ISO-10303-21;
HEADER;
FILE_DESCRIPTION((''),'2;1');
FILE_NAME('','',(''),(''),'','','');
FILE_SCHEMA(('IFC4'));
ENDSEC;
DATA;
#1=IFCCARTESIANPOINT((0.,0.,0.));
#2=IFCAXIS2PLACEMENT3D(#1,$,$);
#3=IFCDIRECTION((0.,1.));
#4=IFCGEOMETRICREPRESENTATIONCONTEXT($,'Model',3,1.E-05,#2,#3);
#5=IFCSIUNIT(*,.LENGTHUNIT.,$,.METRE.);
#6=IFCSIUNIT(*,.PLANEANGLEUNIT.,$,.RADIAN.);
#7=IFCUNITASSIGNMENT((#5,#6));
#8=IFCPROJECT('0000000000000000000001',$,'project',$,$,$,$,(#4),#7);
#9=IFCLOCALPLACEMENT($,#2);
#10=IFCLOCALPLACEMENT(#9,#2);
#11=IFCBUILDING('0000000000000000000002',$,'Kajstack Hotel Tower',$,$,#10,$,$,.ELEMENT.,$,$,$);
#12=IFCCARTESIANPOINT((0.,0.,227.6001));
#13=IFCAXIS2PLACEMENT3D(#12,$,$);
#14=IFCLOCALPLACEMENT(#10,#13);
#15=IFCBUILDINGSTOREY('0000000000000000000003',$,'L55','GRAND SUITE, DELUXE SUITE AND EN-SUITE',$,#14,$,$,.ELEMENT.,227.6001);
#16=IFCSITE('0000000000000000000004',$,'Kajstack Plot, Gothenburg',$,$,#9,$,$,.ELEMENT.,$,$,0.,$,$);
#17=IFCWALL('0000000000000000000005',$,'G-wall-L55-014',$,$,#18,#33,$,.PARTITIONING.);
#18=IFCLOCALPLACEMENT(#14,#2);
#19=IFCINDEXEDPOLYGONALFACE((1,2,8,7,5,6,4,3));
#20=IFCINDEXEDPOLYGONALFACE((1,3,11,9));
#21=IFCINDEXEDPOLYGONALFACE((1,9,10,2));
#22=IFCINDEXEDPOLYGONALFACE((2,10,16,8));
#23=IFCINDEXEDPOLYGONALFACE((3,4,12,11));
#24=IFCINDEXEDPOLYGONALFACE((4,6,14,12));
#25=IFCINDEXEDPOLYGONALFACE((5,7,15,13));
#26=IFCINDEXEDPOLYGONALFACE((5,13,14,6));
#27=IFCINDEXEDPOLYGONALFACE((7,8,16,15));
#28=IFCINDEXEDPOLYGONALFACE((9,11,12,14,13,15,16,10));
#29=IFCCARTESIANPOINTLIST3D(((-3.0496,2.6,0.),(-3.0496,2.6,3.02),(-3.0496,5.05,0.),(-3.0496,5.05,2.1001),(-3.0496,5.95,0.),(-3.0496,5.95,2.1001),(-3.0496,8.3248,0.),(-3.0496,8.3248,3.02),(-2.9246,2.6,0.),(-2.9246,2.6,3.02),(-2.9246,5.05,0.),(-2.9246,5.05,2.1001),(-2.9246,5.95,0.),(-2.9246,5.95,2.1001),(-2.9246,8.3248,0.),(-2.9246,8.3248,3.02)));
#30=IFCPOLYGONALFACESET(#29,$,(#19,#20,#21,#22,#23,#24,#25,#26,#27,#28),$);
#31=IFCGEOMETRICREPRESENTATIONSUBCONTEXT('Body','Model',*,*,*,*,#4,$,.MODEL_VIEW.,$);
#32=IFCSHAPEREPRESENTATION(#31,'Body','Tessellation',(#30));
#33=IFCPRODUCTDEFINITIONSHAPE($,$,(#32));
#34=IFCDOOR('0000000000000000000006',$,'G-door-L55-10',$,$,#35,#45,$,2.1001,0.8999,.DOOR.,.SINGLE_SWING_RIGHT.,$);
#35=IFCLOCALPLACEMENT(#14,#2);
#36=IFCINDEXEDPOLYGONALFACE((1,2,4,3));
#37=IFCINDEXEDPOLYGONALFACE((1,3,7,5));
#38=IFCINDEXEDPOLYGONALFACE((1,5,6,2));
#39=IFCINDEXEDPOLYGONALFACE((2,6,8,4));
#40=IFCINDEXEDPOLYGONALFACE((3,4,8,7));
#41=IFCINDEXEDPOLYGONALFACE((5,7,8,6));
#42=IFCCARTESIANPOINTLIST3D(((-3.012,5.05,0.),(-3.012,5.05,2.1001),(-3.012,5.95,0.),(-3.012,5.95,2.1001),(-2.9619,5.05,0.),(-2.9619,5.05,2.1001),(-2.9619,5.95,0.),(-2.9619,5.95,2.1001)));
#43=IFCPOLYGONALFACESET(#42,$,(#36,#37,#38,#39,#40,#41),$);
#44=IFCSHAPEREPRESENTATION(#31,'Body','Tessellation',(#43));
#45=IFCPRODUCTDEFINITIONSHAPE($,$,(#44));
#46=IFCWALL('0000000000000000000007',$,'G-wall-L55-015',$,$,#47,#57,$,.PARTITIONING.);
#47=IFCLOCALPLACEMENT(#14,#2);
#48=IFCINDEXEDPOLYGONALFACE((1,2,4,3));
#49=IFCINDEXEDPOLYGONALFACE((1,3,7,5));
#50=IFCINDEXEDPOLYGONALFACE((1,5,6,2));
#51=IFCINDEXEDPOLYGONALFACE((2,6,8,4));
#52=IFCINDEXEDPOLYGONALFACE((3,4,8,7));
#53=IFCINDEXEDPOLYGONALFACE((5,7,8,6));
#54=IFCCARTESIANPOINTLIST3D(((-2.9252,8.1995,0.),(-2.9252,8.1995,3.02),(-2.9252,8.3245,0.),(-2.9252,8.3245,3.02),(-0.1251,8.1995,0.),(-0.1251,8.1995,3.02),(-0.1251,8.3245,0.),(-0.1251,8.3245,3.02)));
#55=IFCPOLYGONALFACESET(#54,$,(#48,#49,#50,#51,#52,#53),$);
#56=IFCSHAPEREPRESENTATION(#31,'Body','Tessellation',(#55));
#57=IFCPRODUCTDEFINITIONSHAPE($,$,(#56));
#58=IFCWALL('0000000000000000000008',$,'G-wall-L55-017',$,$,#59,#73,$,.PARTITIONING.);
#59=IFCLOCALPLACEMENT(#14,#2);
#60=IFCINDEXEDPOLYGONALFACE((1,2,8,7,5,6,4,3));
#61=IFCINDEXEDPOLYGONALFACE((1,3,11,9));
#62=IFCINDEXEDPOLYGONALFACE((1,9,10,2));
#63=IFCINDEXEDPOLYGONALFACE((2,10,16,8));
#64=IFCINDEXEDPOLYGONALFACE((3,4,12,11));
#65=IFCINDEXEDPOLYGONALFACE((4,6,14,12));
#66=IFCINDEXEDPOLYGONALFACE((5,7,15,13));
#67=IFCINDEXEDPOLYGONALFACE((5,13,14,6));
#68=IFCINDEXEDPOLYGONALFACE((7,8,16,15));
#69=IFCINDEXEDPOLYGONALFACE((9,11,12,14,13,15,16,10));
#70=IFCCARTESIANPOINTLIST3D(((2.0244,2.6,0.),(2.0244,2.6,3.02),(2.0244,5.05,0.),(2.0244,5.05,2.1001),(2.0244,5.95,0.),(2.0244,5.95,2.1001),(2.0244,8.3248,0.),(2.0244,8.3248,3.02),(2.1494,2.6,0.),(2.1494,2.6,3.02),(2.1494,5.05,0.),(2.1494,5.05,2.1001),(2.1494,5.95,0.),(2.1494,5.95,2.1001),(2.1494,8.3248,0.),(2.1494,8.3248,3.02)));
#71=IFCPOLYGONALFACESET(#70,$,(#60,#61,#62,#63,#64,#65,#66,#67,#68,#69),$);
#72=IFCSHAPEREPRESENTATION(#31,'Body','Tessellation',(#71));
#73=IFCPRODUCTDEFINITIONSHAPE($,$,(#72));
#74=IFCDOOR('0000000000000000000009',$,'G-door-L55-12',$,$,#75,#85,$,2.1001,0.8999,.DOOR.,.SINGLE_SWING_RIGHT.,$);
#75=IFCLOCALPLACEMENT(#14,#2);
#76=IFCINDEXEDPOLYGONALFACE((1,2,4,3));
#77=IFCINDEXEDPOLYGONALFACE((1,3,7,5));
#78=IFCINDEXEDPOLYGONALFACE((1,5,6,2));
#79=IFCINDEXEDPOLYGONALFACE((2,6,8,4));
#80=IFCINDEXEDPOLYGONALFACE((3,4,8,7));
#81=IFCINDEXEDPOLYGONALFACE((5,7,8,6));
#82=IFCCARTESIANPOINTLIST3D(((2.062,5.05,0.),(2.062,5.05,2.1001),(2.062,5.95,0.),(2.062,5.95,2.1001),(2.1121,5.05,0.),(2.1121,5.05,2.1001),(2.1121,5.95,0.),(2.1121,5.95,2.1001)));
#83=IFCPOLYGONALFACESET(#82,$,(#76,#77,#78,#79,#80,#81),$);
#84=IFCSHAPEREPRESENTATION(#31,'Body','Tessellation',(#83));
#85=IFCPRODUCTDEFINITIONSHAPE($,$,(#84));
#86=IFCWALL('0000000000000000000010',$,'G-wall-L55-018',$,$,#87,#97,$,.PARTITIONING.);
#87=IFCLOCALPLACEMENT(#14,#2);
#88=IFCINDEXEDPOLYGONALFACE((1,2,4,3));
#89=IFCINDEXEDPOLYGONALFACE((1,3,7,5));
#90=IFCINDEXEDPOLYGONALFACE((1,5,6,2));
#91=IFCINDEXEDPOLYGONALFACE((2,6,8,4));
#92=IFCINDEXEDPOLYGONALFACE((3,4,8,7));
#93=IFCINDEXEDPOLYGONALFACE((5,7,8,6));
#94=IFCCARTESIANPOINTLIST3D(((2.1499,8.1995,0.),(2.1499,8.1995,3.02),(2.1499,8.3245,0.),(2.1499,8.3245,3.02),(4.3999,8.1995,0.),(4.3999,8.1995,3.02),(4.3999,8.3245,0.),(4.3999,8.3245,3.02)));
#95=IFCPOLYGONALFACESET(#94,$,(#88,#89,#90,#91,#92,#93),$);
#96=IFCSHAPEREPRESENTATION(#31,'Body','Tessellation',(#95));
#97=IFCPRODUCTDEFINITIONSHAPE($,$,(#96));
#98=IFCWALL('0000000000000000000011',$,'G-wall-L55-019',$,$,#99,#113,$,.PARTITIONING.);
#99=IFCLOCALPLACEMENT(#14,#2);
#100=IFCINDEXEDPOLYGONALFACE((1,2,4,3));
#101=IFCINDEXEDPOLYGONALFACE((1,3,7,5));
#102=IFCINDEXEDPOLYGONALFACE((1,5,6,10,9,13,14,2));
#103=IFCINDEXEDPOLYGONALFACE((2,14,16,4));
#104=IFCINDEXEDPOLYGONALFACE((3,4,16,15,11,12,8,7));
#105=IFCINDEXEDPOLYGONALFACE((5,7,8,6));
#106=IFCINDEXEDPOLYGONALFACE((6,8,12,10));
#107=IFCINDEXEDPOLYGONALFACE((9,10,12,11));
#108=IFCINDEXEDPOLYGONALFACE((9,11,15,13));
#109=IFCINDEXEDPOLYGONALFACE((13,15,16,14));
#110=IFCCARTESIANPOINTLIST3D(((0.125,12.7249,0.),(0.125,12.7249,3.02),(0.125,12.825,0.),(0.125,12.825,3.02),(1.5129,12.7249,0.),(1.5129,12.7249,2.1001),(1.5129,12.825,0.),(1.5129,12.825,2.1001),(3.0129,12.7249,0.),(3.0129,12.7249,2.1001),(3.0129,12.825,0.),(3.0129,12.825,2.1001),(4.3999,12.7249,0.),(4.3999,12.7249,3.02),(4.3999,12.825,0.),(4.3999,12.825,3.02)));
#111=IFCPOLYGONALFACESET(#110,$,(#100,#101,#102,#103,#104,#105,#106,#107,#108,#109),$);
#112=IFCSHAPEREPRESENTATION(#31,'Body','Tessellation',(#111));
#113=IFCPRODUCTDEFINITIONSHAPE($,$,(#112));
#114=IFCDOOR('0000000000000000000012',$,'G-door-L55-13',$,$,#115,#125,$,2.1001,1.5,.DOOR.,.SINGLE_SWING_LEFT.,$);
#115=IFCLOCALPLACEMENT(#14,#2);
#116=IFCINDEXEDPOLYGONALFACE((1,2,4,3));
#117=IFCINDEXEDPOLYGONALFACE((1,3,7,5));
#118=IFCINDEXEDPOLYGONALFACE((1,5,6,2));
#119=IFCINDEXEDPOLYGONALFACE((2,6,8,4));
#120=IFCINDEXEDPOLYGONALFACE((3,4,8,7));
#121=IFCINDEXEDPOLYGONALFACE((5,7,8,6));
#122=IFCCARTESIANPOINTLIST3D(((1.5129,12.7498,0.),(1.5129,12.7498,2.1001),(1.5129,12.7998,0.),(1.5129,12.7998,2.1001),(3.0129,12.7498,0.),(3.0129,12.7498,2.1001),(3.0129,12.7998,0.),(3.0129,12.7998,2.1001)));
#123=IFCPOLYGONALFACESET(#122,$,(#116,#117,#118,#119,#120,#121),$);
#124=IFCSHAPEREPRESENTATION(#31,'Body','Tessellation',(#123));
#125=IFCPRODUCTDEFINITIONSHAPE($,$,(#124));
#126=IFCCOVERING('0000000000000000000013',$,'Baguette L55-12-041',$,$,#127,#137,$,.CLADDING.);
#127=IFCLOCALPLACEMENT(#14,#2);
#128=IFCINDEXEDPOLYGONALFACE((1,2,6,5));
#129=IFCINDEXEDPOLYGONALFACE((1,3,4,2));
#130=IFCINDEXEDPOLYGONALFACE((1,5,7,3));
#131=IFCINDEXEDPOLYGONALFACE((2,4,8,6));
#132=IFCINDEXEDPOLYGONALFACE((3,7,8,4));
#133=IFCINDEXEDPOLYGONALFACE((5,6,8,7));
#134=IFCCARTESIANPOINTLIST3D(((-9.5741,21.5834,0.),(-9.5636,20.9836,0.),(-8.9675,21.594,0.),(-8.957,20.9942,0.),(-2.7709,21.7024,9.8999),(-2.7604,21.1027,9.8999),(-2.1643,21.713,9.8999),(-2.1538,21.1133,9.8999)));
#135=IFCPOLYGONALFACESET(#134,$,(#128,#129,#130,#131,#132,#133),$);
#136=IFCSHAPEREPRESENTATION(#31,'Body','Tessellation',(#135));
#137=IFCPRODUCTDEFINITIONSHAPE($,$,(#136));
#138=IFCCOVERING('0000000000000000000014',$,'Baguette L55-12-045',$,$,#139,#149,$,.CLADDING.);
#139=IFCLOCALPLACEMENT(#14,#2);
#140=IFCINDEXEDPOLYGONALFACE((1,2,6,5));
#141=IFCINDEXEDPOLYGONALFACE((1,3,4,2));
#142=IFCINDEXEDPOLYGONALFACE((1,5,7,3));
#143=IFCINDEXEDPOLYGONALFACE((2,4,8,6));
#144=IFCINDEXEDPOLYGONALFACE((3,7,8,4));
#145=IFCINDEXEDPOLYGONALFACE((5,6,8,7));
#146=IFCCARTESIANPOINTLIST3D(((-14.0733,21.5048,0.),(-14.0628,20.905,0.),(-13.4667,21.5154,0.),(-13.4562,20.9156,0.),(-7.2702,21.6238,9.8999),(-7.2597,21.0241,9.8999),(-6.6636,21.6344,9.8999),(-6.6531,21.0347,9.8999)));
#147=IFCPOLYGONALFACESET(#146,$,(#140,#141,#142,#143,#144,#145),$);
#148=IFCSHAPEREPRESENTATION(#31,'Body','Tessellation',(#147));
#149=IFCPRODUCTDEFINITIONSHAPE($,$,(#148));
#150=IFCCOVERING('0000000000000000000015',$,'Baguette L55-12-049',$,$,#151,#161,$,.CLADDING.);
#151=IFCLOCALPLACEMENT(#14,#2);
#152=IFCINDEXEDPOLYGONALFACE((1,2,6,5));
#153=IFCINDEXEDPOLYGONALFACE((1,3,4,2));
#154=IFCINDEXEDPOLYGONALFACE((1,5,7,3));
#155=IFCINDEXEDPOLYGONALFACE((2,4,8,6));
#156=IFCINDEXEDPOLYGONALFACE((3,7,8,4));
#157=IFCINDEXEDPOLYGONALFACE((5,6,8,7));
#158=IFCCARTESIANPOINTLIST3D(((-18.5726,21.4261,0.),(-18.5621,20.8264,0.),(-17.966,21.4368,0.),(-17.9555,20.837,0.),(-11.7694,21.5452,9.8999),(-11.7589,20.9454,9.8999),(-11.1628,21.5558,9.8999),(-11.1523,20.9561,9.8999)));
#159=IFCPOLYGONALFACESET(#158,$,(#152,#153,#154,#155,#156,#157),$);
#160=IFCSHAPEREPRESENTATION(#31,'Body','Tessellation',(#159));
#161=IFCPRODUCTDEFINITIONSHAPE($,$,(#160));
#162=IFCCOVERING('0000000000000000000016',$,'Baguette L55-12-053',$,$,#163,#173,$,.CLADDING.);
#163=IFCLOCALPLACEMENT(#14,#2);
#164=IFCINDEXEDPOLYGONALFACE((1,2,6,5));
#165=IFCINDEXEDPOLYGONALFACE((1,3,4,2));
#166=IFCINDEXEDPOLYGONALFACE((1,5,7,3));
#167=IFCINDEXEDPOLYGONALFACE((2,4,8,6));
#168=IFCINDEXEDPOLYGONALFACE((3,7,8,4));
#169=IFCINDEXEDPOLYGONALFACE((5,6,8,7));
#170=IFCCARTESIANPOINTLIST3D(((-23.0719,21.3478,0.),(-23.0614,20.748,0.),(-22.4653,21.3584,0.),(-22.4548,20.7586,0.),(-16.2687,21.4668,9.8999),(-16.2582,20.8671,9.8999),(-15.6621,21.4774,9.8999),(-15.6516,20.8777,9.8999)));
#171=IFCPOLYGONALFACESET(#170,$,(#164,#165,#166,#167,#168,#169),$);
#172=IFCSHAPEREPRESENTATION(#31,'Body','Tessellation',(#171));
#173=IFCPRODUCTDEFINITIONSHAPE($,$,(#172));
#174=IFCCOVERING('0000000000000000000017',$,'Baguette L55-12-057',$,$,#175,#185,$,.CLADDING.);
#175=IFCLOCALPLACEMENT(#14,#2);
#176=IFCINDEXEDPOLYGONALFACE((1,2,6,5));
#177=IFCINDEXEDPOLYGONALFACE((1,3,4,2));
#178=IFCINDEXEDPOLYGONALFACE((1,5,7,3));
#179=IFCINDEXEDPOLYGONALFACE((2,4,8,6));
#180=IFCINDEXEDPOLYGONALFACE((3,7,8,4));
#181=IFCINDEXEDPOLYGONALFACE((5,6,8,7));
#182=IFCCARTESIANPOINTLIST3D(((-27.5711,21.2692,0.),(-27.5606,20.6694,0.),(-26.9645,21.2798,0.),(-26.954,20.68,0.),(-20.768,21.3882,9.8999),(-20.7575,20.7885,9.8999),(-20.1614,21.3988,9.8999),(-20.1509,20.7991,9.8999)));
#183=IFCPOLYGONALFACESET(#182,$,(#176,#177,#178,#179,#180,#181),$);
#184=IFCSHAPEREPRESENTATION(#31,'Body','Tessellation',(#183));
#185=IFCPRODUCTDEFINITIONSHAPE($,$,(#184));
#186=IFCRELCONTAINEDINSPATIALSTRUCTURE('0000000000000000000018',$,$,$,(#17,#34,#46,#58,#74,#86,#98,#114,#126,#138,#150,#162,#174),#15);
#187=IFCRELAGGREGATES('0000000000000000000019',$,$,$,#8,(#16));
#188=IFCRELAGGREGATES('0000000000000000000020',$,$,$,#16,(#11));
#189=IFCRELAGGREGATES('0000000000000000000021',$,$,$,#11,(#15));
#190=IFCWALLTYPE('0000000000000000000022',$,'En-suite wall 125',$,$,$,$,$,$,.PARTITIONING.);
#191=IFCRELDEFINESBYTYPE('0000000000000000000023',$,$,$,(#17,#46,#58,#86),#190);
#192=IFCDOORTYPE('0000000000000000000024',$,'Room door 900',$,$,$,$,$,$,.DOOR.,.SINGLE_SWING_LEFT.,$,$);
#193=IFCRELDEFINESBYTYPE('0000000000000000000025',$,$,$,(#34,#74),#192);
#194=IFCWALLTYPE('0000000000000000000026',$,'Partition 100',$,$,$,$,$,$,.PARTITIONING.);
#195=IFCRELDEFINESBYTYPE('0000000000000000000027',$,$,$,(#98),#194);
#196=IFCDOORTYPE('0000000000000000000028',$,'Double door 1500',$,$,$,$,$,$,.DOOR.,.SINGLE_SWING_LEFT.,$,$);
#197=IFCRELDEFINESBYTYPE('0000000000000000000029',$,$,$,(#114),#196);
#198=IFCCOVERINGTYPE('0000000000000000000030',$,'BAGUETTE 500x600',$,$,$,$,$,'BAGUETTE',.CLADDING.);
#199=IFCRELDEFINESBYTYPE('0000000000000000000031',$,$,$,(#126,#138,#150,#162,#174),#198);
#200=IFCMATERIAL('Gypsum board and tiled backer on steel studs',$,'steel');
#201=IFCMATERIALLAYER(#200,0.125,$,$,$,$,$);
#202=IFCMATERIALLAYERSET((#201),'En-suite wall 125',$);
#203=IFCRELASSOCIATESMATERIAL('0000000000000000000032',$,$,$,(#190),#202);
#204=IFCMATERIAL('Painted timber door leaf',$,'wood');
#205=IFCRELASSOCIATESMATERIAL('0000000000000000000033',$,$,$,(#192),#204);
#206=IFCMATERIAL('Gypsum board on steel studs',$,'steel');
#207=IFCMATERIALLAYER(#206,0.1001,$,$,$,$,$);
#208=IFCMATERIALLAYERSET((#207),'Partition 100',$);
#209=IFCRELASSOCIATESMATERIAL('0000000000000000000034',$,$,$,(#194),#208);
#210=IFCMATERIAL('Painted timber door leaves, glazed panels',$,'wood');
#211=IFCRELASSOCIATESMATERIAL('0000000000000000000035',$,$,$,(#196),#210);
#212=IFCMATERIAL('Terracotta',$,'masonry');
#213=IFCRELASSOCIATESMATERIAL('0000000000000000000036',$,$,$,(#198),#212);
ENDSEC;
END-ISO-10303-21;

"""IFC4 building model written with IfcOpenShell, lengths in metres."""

from ifc_helpers import new_model, si_unit, direction, frame, frame_2d, origin, origin_2d, place, context, subcontext, project, spatial, polyline, rectangle, outline, extrude, material, layer, layer_set, material_profile, profile_set, type_object, element, fill, save


model = new_model("IFC4")

# Units and contexts
model_context = context("Model", 3, precision=1e-05, world=origin(), true_north=direction((0.0, 1.0)))
body_context = subcontext(model_context, "Body", "Model", "MODEL_VIEW")
ifc_project = project(units=[si_unit("LENGTHUNIT", "METRE"), si_unit("PLANEANGLEUNIT", "RADIAN")], contexts=[model_context])

# Site, building, storey
site_placement = place(None, origin())
site = spatial("IfcSite", under=ifc_project, at=site_placement, Name="Kajstack Plot, Gothenburg", CompositionType="ELEMENT", RefElevation=0.0)
building_placement = place(site_placement, origin())
building = spatial("IfcBuilding", under=site, at=building_placement, Name="Kajstack Hotel Tower", CompositionType="ELEMENT")
storey_placement = place(building_placement, frame((0.0, 0.0, 227.6001)))
storey = spatial("IfcBuildingStorey", under=building, at=storey_placement, Name="L55", Description="GRAND SUITE, DELUXE SUITE AND EN-SUITE", CompositionType="ELEMENT", Elevation=227.6001)

# Shared definitions
ifc_material_1 = material(Name="Gypsum board and tiled backer on steel studs", Category="steel")
ifc_layer_1 = layer(ifc_material_1, 0.125)
ifc_layer_set_1 = layer_set([ifc_layer_1], Name="En-suite wall 125")
wall_type_1 = type_object("IfcWallType", Name="En-suite wall 125", PredefinedType="PARTITIONING", material=ifc_layer_set_1)

# Shared definitions
ifc_material_2 = material(Name="Painted timber door leaf", Category="wood")
door_type_1 = type_object("IfcDoorType", Name="Room door 900", OperationType="SINGLE_SWING_LEFT", PredefinedType="DOOR", material=ifc_material_2)

# Wall, opening, door
wall_1_placement = place(storey_placement, frame((-2.9871, 2.6001, 0.0), z_axis=(0.0, 0.0, 1.0), x_axis=(0.0, 1.0, 0.0)))
wall_1 = element("IfcWall", 1, at=wall_1_placement, inside=storey, type_object=wall_type_1, Name="G-wall-L55-014", PredefinedType="PARTITIONING", context=body_context, shape_type="SweptSolid", body=[
    extrude(rectangle(XDim=5.7249, YDim=0.125, at=frame_2d((2.8623, 0.0))), origin(), (0.0, 0.0, 1.0), 3.02),
])
opening_1_placement = place(wall_1_placement, frame((2.45, 0.0, 0.0)))
opening_1 = element("IfcOpeningElement", 2, at=opening_1_placement, cuts=wall_1, PredefinedType="OPENING", context=body_context, shape_type="SweptSolid", body=[
    extrude(rectangle(XDim=0.8999, YDim=2.1001, at=frame_2d((0.45, 1.05))), frame((0.0, 0.0725, 0.0), z_axis=(0.0, -1.0, 0.0), x_axis=(1.0, 0.0, 0.0)), (0.0, 0.0, 1.0), 0.145),
])
door_1_placement = place(opening_1_placement, origin())
door_1 = element("IfcDoor", 3, at=door_1_placement, inside=storey, type_object=door_type_1, Name="G-door-L55-10", OperationType="SINGLE_SWING_RIGHT", OverallHeight=2.1001, OverallWidth=0.8999, PredefinedType="DOOR", context=body_context, shape_type="SweptSolid", body=[
    extrude(rectangle(XDim=0.8999, YDim=2.1001, at=frame_2d((0.45, 1.05))), frame((0.0, 0.0249, 0.0), z_axis=(0.0, -1.0, 0.0), x_axis=(1.0, 0.0, 0.0)), (0.0, 0.0, 1.0), 0.05),
])
fill(opening_1, door_1)

# Wall
wall_2_placement = place(storey_placement, frame((-2.925, 8.262, 0.0), z_axis=(0.0, 0.0, 1.0), x_axis=(1.0, 0.0, 0.0)))
element("IfcWall", 4, at=wall_2_placement, inside=storey, type_object=wall_type_1, Name="G-wall-L55-015", PredefinedType="PARTITIONING", context=body_context, shape_type="SweptSolid", body=[
    extrude(rectangle(XDim=2.8, YDim=0.125, at=frame_2d((1.3999, 0.0))), origin(), (0.0, 0.0, 1.0), 3.02),
])

# Wall, opening, door
wall_3_placement = place(storey_placement, frame((2.0869, 2.6001, 0.0), z_axis=(0.0, 0.0, 1.0), x_axis=(0.0, 1.0, 0.0)))
wall_3 = element("IfcWall", 5, at=wall_3_placement, inside=storey, type_object=wall_type_1, Name="G-wall-L55-017", PredefinedType="PARTITIONING", context=body_context, shape_type="SweptSolid", body=[
    extrude(rectangle(XDim=5.7249, YDim=0.125, at=frame_2d((2.8623, 0.0))), origin(), (0.0, 0.0, 1.0), 3.02),
])
opening_2_placement = place(wall_3_placement, frame((2.45, 0.0, 0.0)))
opening_2 = element("IfcOpeningElement", 6, at=opening_2_placement, cuts=wall_3, PredefinedType="OPENING", context=body_context, shape_type="SweptSolid", body=[
    extrude(rectangle(XDim=0.8999, YDim=2.1001, at=frame_2d((0.45, 1.05))), frame((0.0, 0.0725, 0.0), z_axis=(0.0, -1.0, 0.0), x_axis=(1.0, 0.0, 0.0)), (0.0, 0.0, 1.0), 0.145),
])
door_2_placement = place(opening_2_placement, origin())
door_2 = element("IfcDoor", 7, at=door_2_placement, inside=storey, type_object=door_type_1, Name="G-door-L55-12", OperationType="SINGLE_SWING_RIGHT", OverallHeight=2.1001, OverallWidth=0.8999, PredefinedType="DOOR", context=body_context, shape_type="SweptSolid", body=[
    extrude(rectangle(XDim=0.8999, YDim=2.1001, at=frame_2d((0.45, 1.05))), frame((0.0, 0.0249, 0.0), z_axis=(0.0, -1.0, 0.0), x_axis=(1.0, 0.0, 0.0)), (0.0, 0.0, 1.0), 0.05),
])
fill(opening_2, door_2)

# Wall
wall_4_placement = place(storey_placement, frame((2.1499, 8.262, 0.0), z_axis=(0.0, 0.0, 1.0), x_axis=(1.0, 0.0, 0.0)))
element("IfcWall", 8, at=wall_4_placement, inside=storey, type_object=wall_type_1, Name="G-wall-L55-018", PredefinedType="PARTITIONING", context=body_context, shape_type="SweptSolid", body=[
    extrude(rectangle(XDim=2.25, YDim=0.125, at=frame_2d((1.125, 0.0))), origin(), (0.0, 0.0, 1.0), 3.02),
])

# Wall, opening, door
ifc_material_3 = material(Name="Gypsum board on steel studs", Category="steel")
ifc_layer_2 = layer(ifc_material_3, 0.1001)
ifc_layer_set_2 = layer_set([ifc_layer_2], Name="Partition 100")
wall_type_2 = type_object("IfcWallType", Name="Partition 100", PredefinedType="PARTITIONING", material=ifc_layer_set_2)
wall_5_placement = place(storey_placement, frame((0.125, 12.7749, 0.0), z_axis=(0.0, 0.0, 1.0), x_axis=(1.0, 0.0, 0.0)))
wall_5 = element("IfcWall", 9, at=wall_5_placement, inside=storey, type_object=wall_type_2, Name="G-wall-L55-019", PredefinedType="PARTITIONING", context=body_context, shape_type="SweptSolid", body=[
    extrude(rectangle(XDim=4.2749, YDim=0.1001, at=frame_2d((2.1375, 0.0))), origin(), (0.0, 0.0, 1.0), 3.02),
])
opening_3_placement = place(wall_5_placement, frame((1.3879, 0.0, 0.0)))
opening_3 = element("IfcOpeningElement", 10, at=opening_3_placement, cuts=wall_5, PredefinedType="OPENING", context=body_context, shape_type="SweptSolid", body=[
    extrude(rectangle(XDim=1.5, YDim=2.1001, at=frame_2d((0.75, 1.05))), frame((0.0, 0.0601, 0.0), z_axis=(0.0, -1.0, 0.0), x_axis=(1.0, 0.0, 0.0)), (0.0, 0.0, 1.0), 0.1201),
])
ifc_material_4 = material(Name="Painted timber door leaves, glazed panels", Category="wood")
door_type_2 = type_object("IfcDoorType", Name="Double door 1500", OperationType="SINGLE_SWING_LEFT", PredefinedType="DOOR", material=ifc_material_4)
door_3_placement = place(opening_3_placement, origin())
door_3 = element("IfcDoor", 11, at=door_3_placement, inside=storey, type_object=door_type_2, Name="G-door-L55-13", OperationType="SINGLE_SWING_LEFT", OverallHeight=2.1001, OverallWidth=1.5, PredefinedType="DOOR", context=body_context, shape_type="SweptSolid", body=[
    extrude(rectangle(XDim=1.5, YDim=2.1001, at=frame_2d((0.75, 1.05))), frame((0.0, 0.0249, 0.0), z_axis=(0.0, -1.0, 0.0), x_axis=(1.0, 0.0, 0.0)), (0.0, 0.0, 1.0), 0.05),
])
fill(opening_3, door_3)

# Coverings
ifc_material_5 = material(Name="Terracotta", Category="masonry")
ifc_material_profile = material_profile(ifc_material_5, rectangle(XDim=0.6001, YDim=0.5, at=origin_2d()), Name="Terracotta-clad concrete baguette 500 x 600")
ifc_profile_set = profile_set([ifc_material_profile], Name="Terracotta")
covering_type = type_object("IfcCoveringType", Name="BAGUETTE 500x600", ElementType="BAGUETTE", PredefinedType="CLADDING", material=ifc_profile_set)
for number, where, z_axis, x_axis, name in (
    (12, (-2.1538, 21.1133, 0.0), (-0.017498, 0.999847, 0.0), (-0.999847, -0.017498, 0.0), "Baguette L55-12-041"),
    (13, (-6.6531, 21.0347, 0.0), (-0.017498, 0.999847, 0.0), (-0.999847, -0.017498, 0.0), "Baguette L55-12-045"),
    (14, (-11.1523, 20.9561, 0.0), (-0.017498, 0.999847, 0.0), (-0.999847, -0.017498, 0.0), "Baguette L55-12-049"),
    (15, (-15.6516, 20.8777, 0.0), (-0.017498, 0.999847, 0.0), (-0.999847, -0.017498, 0.0), "Baguette L55-12-053"),
    (16, (-20.1509, 20.7991, 0.0), (-0.017498, 0.999847, 0.0), (-0.999847, -0.017498, 0.0), "Baguette L55-12-057"),
):
    element("IfcCovering", number, at=place(storey_placement, frame(where, z_axis=z_axis, x_axis=x_axis)), inside=storey, type_object=covering_type, Name=name, PredefinedType="CLADDING", context=body_context, shape_type="SweptSolid", body=[
        extrude(outline(polyline([(0.0, 9.8999), (6.8042, 0.0), (7.4109, 0.0), (0.6067, 9.8999), (0.0, 9.8999)])), origin(), (0.0, 0.0, 1.0), 0.5999),
    ])

save(model, "model.ifc")
